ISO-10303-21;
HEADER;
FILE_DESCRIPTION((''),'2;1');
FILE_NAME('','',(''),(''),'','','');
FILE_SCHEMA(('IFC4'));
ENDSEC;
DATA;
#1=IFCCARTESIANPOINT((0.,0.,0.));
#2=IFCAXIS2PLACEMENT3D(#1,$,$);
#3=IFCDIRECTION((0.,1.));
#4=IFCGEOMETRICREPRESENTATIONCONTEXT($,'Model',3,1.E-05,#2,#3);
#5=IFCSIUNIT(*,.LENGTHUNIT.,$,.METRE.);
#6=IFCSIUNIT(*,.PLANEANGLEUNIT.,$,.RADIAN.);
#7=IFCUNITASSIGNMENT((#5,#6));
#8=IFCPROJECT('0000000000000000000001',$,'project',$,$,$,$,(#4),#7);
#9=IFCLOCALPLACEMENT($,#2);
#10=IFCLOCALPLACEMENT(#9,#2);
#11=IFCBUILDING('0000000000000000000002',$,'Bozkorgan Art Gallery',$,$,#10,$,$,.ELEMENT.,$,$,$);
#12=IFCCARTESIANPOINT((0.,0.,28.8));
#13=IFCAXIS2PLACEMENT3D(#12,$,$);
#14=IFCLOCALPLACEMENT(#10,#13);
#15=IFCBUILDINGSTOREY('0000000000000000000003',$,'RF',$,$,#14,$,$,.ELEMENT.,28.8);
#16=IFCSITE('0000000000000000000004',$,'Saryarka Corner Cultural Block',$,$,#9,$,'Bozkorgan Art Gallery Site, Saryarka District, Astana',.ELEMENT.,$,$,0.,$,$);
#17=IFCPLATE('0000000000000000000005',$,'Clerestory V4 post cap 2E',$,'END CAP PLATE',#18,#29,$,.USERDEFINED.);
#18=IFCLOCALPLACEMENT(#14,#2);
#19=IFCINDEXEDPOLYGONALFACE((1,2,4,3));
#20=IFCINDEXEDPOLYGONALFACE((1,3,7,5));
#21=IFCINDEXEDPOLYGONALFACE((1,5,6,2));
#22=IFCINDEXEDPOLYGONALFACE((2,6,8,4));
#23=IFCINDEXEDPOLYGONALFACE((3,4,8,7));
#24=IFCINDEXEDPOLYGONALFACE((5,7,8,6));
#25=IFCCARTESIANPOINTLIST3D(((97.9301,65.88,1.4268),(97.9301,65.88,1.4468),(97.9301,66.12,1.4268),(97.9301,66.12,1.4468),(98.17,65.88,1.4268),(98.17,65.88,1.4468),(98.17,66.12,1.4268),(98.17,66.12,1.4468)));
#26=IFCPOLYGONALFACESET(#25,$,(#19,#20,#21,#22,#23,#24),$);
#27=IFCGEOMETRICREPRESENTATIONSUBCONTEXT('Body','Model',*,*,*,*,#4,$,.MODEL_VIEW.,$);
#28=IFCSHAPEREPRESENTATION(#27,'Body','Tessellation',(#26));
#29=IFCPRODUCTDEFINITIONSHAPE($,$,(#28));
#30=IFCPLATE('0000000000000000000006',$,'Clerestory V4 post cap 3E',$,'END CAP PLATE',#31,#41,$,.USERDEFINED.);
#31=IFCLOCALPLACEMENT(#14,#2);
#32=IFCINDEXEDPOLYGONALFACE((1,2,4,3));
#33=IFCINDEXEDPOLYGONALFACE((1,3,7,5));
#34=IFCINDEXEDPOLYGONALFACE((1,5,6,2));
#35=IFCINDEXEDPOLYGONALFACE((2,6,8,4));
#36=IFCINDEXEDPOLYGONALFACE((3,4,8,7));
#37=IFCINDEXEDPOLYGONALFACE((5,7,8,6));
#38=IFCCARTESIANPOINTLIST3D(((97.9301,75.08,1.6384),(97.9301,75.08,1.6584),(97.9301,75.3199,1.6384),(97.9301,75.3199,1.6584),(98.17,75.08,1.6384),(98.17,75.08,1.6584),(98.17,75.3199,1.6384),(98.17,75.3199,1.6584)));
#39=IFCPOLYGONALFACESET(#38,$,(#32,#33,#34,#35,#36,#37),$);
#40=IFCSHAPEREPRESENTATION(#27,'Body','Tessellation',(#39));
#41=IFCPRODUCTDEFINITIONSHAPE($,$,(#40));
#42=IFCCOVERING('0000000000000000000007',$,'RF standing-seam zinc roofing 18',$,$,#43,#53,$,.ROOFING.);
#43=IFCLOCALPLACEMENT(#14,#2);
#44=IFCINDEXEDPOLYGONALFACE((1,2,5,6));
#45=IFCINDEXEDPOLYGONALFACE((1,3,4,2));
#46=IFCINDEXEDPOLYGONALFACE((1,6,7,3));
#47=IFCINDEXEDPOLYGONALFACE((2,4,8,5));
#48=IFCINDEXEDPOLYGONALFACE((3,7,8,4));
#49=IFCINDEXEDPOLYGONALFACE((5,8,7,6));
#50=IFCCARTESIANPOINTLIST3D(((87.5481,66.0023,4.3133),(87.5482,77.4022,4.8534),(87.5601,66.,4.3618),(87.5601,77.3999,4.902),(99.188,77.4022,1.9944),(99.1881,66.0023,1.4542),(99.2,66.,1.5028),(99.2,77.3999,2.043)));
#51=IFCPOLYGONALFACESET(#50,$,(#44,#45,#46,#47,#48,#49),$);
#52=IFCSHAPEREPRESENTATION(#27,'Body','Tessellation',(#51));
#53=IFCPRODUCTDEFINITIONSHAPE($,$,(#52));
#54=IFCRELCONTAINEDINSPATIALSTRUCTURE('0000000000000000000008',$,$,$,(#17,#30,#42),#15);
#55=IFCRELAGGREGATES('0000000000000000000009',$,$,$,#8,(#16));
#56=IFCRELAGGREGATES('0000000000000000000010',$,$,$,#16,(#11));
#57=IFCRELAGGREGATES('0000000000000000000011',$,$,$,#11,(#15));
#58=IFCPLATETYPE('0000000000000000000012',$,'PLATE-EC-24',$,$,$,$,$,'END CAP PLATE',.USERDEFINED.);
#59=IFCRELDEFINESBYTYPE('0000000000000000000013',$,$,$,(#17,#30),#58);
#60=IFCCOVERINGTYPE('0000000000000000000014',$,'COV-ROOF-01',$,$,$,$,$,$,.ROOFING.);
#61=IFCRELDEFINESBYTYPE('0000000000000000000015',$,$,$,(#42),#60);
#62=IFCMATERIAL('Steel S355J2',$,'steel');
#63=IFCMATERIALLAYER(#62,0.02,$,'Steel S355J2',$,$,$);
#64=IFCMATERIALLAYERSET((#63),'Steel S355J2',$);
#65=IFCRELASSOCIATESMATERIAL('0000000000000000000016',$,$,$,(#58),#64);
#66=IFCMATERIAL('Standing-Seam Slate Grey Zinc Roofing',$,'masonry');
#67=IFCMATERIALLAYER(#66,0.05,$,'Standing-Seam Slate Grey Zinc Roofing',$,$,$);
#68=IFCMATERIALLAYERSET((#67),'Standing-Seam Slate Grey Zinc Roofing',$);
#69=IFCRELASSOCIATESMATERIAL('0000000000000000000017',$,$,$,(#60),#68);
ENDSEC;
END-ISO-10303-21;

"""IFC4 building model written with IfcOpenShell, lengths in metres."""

from ifc_helpers import new_model, si_unit, direction, frame, origin, origin_2d, place, context, subcontext, project, spatial, polyline, rectangle, outline, extrude, material, layer, layer_set, type_object, element, save


model = new_model("IFC4")

# Units and contexts
model_context = context("Model", 3, precision=1e-05, world=origin(), true_north=direction((0.0, 1.0)))
body_context = subcontext(model_context, "Body", "Model", "MODEL_VIEW")
ifc_project = project(units=[si_unit("LENGTHUNIT", "METRE"), si_unit("PLANEANGLEUNIT", "RADIAN")], contexts=[model_context])

# Site, building, storey
site_placement = place(None, origin())
site = spatial("IfcSite", under=ifc_project, at=site_placement, Name="Saryarka Corner Cultural Block", LongName="Bozkorgan Art Gallery Site, Saryarka District, Astana", CompositionType="ELEMENT", RefElevation=0.0)
building_placement = place(site_placement, origin())
building = spatial("IfcBuilding", under=site, at=building_placement, Name="Bozkorgan Art Gallery", CompositionType="ELEMENT")
storey_placement = place(building_placement, frame((0.0, 0.0, 28.8)))
storey = spatial("IfcBuildingStorey", under=building, at=storey_placement, Name="RF", CompositionType="ELEMENT", Elevation=28.8)

# Shared definitions
ifc_material_1 = material(Name="Steel S355J2", Category="steel")

# Plates
ifc_layer_1 = layer(ifc_material_1, 0.02, Name="Steel S355J2")
ifc_layer_set_1 = layer_set([ifc_layer_1], Name="Steel S355J2")
plate_type_1 = type_object("IfcPlateType", Name="PLATE-EC-24", ElementType="END CAP PLATE", PredefinedType="USERDEFINED", material=ifc_layer_set_1)
for number, where, z_axis, x_axis, name in (
    (1, (98.05, 66.0, 1.4268), (0.0, 0.0, 1.0), (1.0, 0.0, 0.0), "Clerestory V4 post cap 2E"),
    (2, (98.05, 75.2, 1.6384), (0.0, 0.0, 1.0), (1.0, 0.0, 0.0), "Clerestory V4 post cap 3E"),
):
    element("IfcPlate", number, at=place(storey_placement, frame(where, z_axis=z_axis, x_axis=x_axis)), inside=storey, type_object=plate_type_1, Name=name, ObjectType="END CAP PLATE", PredefinedType="USERDEFINED", context=body_context, shape_type="SweptSolid", body=[
        extrude(rectangle(XDim=0.24, YDim=0.24, at=origin_2d()), origin(), (0.0, 0.0, 1.0), 0.02),
    ])

# Covering
ifc_material_2 = material(Name="Standing-Seam Slate Grey Zinc Roofing", Category="masonry")
ifc_layer_2 = layer(ifc_material_2, 0.05, Name="Standing-Seam Slate Grey Zinc Roofing")
ifc_layer_set_2 = layer_set([ifc_layer_2], Name="Standing-Seam Slate Grey Zinc Roofing")
covering_type = type_object("IfcCoveringType", Name="COV-ROOF-01", PredefinedType="ROOFING", material=ifc_layer_set_2)
covering_placement = place(storey_placement, frame((87.5601, 66.0, 4.3618), z_axis=(0.23828, -0.045967, 0.970108), x_axis=(0.971135, 0.0, -0.238532)))
element("IfcCovering", 3, at=covering_placement, inside=storey, type_object=covering_type, Name="RF standing-seam zinc roofing 18", PredefinedType="ROOFING", context=body_context, shape_type="SweptSolid", body=[
    extrude(outline(polyline([(0.0, 0.0), (11.9859, 0.0), (11.857, 11.412), (-0.1288, 11.412), (0.0, 0.0)])), origin(), (0.0, 0.0, -1.0), 0.05),
])

save(model, "model.ifc")
